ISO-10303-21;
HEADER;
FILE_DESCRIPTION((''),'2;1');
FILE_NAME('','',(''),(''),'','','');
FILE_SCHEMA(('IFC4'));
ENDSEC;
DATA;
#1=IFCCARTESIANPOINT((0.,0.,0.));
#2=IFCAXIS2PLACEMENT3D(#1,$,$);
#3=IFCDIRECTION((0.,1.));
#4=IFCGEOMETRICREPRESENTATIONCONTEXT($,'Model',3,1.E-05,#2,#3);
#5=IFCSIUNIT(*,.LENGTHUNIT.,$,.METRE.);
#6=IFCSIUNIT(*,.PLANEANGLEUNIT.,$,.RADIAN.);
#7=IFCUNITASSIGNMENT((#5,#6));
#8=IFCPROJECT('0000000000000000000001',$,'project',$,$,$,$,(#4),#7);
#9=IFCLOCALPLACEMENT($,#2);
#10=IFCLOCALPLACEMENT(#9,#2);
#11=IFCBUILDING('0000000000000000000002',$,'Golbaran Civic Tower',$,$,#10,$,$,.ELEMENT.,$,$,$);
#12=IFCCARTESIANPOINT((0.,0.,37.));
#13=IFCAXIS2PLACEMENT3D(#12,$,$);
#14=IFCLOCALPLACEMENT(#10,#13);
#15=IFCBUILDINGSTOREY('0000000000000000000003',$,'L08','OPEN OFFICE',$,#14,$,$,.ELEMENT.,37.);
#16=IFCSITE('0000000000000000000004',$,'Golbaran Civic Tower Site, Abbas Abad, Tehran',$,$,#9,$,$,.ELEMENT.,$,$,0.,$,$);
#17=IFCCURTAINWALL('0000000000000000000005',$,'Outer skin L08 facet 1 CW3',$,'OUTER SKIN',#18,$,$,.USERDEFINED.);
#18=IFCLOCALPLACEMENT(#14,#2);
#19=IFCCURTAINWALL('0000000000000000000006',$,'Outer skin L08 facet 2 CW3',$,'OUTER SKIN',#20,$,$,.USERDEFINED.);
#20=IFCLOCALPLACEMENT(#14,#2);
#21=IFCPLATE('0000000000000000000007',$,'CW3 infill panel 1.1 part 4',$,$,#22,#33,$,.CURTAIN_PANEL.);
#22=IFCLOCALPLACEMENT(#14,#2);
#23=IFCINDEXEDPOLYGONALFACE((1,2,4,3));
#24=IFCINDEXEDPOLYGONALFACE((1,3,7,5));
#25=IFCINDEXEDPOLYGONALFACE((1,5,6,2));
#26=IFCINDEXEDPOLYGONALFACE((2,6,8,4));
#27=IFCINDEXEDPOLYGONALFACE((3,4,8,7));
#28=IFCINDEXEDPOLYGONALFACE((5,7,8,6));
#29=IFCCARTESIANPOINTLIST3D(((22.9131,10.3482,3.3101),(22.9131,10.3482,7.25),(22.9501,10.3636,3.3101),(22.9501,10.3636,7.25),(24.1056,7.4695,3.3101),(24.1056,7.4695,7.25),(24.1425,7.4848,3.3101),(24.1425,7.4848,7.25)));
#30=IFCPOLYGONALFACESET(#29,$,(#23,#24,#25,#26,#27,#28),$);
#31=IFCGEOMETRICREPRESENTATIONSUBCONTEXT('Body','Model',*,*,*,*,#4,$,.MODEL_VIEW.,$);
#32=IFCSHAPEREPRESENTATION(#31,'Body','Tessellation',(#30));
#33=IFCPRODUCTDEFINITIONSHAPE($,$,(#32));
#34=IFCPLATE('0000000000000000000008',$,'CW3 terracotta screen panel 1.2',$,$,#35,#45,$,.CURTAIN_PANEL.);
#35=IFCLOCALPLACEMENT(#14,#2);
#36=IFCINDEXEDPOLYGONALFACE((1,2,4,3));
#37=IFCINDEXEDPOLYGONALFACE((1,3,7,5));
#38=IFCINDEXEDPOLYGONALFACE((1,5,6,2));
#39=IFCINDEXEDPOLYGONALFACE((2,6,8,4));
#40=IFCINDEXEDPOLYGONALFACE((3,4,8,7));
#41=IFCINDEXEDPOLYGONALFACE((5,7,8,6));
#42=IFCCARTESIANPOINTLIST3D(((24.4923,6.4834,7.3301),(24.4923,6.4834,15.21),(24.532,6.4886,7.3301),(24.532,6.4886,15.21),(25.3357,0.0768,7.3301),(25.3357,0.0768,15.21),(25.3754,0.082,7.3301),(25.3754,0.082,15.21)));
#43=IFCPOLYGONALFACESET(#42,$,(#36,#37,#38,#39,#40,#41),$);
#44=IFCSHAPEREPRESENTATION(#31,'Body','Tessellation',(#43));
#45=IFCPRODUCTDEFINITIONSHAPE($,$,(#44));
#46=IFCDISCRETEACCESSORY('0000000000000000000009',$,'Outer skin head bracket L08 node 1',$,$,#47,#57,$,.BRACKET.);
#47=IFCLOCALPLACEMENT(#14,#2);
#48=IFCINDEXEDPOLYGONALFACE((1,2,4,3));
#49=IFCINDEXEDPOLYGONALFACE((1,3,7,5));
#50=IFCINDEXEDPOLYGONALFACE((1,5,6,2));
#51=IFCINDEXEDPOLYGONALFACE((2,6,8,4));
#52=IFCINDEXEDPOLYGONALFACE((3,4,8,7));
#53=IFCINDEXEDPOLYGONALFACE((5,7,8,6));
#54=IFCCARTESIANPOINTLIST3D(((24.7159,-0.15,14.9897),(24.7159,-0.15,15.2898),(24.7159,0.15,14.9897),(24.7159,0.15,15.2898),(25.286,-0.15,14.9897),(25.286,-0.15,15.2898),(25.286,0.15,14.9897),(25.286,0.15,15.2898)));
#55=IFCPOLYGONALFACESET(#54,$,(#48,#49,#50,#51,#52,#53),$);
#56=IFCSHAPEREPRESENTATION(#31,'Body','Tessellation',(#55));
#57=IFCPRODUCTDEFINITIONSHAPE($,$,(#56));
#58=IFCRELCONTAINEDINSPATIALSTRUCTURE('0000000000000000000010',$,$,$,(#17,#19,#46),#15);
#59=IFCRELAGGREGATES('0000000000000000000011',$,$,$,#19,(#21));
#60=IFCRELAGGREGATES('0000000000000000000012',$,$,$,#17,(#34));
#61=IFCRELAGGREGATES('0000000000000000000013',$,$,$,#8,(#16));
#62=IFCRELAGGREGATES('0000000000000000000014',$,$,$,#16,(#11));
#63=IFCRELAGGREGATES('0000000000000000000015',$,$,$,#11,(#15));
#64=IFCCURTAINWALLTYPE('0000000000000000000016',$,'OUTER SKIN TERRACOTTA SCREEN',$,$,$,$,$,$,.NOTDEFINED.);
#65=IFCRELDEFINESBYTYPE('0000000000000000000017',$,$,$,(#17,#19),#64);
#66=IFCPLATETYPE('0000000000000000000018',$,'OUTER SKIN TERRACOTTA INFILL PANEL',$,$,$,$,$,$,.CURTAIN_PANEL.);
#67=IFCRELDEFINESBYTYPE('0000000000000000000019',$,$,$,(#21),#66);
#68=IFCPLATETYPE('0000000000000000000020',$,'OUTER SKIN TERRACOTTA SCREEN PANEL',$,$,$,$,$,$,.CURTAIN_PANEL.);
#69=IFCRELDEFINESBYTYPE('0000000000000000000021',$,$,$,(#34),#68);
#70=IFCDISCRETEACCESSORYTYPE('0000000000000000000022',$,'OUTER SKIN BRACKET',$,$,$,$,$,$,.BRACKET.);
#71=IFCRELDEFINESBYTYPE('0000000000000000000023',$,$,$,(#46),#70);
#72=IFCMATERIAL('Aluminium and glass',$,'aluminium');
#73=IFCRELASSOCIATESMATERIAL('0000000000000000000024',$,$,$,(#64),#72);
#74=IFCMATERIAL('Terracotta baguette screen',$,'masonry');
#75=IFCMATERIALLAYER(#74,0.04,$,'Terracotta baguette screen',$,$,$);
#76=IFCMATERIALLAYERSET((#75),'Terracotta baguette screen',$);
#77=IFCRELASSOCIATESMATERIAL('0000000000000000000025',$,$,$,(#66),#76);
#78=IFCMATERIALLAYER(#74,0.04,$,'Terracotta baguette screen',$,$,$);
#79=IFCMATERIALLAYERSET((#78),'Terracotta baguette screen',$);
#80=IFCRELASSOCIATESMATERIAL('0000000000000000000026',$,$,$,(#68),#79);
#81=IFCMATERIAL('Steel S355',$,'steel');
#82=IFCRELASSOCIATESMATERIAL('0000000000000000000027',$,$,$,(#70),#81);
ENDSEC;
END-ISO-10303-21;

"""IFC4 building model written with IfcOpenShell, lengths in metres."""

from ifc_helpers import new_model, si_unit, direction, frame, origin, origin_2d, place, context, subcontext, project, spatial, rectangle, extrude, material, layer, layer_set, type_object, element, aggregate, save


model = new_model("IFC4")

# Units and contexts
model_context = context("Model", 3, precision=1e-05, world=origin(), true_north=direction((0.0, 1.0)))
body_context = subcontext(model_context, "Body", "Model", "MODEL_VIEW")
ifc_project = project(units=[si_unit("LENGTHUNIT", "METRE"), si_unit("PLANEANGLEUNIT", "RADIAN")], contexts=[model_context])

# Site, building, storey
site_placement = place(None, origin())
site = spatial("IfcSite", under=ifc_project, at=site_placement, Name="Golbaran Civic Tower Site, Abbas Abad, Tehran", CompositionType="ELEMENT", RefElevation=0.0)
building_placement = place(site_placement, origin())
building = spatial("IfcBuilding", under=site, at=building_placement, Name="Golbaran Civic Tower", CompositionType="ELEMENT")
storey_placement = place(building_placement, frame((0.0, 0.0, 37.0)))
storey = spatial("IfcBuildingStorey", under=building, at=storey_placement, Name="L08", Description="OPEN OFFICE", CompositionType="ELEMENT", Elevation=37.0)

# Curtain walls
ifc_material_1 = material(Name="Aluminium and glass", Category="aluminium")
curtain_wall_type_1 = type_object("IfcCurtainWallType", Name="OUTER SKIN TERRACOTTA SCREEN", PredefinedType="NOTDEFINED", material=ifc_material_1)
curtain_wall_1_placement = place(storey_placement, origin())
curtain_wall_1 = element("IfcCurtainWall", 1, at=curtain_wall_1_placement, inside=storey, type_object=curtain_wall_type_1, Name="Outer skin L08 facet 1 CW3", ObjectType="OUTER SKIN", PredefinedType="USERDEFINED")
curtain_wall_2_placement = place(storey_placement, origin())
curtain_wall_2 = element("IfcCurtainWall", 2, at=curtain_wall_2_placement, inside=storey, type_object=curtain_wall_type_1, Name="Outer skin L08 facet 2 CW3", ObjectType="OUTER SKIN", PredefinedType="USERDEFINED")

# Plates
ifc_material_2 = material(Name="Terracotta baguette screen", Category="masonry")
ifc_layer_1 = layer(ifc_material_2, 0.04, Name="Terracotta baguette screen")
ifc_layer_set_1 = layer_set([ifc_layer_1], Name="Terracotta baguette screen")
plate_type_1 = type_object("IfcPlateType", Name="OUTER SKIN TERRACOTTA INFILL PANEL", PredefinedType="CURTAIN_PANEL", material=ifc_layer_set_1)
plate_1_placement = place(storey_placement, frame((23.5278, 8.9165, 3.3101), z_axis=(0.0, 0.0, 1.0), x_axis=(-0.382683, 0.92388, 0.0)))
plate_1 = element("IfcPlate", 3, at=plate_1_placement, type_object=plate_type_1, Name="CW3 infill panel 1.1 part 4", PredefinedType="CURTAIN_PANEL", context=body_context, shape_type="SweptSolid", body=[
    extrude(rectangle(XDim=3.116, YDim=0.04, at=origin_2d()), origin(), (0.0, 0.0, 1.0), 3.9399),
])
aggregate(curtain_wall_2, [plate_1])
ifc_layer_2 = layer(ifc_material_2, 0.04, Name="Terracotta baguette screen")
ifc_layer_set_2 = layer_set([ifc_layer_2], Name="Terracotta baguette screen")
plate_type_2 = type_object("IfcPlateType", Name="OUTER SKIN TERRACOTTA SCREEN PANEL", PredefinedType="CURTAIN_PANEL", material=ifc_layer_set_2)
plate_2_placement = place(storey_placement, frame((24.9338, 3.2827, 7.3301), z_axis=(0.0, 0.0, 1.0), x_axis=(-0.130526, 0.991445, 0.0)))
plate_2 = element("IfcPlate", 4, at=plate_2_placement, type_object=plate_type_2, Name="CW3 terracotta screen panel 1.2", PredefinedType="CURTAIN_PANEL", context=body_context, shape_type="SweptSolid", body=[
    extrude(rectangle(XDim=6.4619, YDim=0.04, at=origin_2d()), origin(), (0.0, 0.0, 1.0), 7.8799),
])
aggregate(curtain_wall_1, [plate_2])

# Discrete accessory
ifc_material_3 = material(Name="Steel S355", Category="steel")
discrete_accessory_type = type_object("IfcDiscreteAccessoryType", Name="OUTER SKIN BRACKET", PredefinedType="BRACKET", material=ifc_material_3)
discrete_accessory_placement = place(storey_placement, frame((25.001, 0.0, 14.9897), z_axis=(0.0, 0.0, 1.0), x_axis=(1.0, 0.0, 0.0)))
element("IfcDiscreteAccessory", 5, at=discrete_accessory_placement, inside=storey, type_object=discrete_accessory_type, Name="Outer skin head bracket L08 node 1", PredefinedType="BRACKET", context=body_context, shape_type="SweptSolid", body=[
    extrude(rectangle(XDim=0.5701, YDim=0.3, at=origin_2d()), origin(), (0.0, 0.0, 1.0), 0.3),
])

save(model, "model.ifc")
